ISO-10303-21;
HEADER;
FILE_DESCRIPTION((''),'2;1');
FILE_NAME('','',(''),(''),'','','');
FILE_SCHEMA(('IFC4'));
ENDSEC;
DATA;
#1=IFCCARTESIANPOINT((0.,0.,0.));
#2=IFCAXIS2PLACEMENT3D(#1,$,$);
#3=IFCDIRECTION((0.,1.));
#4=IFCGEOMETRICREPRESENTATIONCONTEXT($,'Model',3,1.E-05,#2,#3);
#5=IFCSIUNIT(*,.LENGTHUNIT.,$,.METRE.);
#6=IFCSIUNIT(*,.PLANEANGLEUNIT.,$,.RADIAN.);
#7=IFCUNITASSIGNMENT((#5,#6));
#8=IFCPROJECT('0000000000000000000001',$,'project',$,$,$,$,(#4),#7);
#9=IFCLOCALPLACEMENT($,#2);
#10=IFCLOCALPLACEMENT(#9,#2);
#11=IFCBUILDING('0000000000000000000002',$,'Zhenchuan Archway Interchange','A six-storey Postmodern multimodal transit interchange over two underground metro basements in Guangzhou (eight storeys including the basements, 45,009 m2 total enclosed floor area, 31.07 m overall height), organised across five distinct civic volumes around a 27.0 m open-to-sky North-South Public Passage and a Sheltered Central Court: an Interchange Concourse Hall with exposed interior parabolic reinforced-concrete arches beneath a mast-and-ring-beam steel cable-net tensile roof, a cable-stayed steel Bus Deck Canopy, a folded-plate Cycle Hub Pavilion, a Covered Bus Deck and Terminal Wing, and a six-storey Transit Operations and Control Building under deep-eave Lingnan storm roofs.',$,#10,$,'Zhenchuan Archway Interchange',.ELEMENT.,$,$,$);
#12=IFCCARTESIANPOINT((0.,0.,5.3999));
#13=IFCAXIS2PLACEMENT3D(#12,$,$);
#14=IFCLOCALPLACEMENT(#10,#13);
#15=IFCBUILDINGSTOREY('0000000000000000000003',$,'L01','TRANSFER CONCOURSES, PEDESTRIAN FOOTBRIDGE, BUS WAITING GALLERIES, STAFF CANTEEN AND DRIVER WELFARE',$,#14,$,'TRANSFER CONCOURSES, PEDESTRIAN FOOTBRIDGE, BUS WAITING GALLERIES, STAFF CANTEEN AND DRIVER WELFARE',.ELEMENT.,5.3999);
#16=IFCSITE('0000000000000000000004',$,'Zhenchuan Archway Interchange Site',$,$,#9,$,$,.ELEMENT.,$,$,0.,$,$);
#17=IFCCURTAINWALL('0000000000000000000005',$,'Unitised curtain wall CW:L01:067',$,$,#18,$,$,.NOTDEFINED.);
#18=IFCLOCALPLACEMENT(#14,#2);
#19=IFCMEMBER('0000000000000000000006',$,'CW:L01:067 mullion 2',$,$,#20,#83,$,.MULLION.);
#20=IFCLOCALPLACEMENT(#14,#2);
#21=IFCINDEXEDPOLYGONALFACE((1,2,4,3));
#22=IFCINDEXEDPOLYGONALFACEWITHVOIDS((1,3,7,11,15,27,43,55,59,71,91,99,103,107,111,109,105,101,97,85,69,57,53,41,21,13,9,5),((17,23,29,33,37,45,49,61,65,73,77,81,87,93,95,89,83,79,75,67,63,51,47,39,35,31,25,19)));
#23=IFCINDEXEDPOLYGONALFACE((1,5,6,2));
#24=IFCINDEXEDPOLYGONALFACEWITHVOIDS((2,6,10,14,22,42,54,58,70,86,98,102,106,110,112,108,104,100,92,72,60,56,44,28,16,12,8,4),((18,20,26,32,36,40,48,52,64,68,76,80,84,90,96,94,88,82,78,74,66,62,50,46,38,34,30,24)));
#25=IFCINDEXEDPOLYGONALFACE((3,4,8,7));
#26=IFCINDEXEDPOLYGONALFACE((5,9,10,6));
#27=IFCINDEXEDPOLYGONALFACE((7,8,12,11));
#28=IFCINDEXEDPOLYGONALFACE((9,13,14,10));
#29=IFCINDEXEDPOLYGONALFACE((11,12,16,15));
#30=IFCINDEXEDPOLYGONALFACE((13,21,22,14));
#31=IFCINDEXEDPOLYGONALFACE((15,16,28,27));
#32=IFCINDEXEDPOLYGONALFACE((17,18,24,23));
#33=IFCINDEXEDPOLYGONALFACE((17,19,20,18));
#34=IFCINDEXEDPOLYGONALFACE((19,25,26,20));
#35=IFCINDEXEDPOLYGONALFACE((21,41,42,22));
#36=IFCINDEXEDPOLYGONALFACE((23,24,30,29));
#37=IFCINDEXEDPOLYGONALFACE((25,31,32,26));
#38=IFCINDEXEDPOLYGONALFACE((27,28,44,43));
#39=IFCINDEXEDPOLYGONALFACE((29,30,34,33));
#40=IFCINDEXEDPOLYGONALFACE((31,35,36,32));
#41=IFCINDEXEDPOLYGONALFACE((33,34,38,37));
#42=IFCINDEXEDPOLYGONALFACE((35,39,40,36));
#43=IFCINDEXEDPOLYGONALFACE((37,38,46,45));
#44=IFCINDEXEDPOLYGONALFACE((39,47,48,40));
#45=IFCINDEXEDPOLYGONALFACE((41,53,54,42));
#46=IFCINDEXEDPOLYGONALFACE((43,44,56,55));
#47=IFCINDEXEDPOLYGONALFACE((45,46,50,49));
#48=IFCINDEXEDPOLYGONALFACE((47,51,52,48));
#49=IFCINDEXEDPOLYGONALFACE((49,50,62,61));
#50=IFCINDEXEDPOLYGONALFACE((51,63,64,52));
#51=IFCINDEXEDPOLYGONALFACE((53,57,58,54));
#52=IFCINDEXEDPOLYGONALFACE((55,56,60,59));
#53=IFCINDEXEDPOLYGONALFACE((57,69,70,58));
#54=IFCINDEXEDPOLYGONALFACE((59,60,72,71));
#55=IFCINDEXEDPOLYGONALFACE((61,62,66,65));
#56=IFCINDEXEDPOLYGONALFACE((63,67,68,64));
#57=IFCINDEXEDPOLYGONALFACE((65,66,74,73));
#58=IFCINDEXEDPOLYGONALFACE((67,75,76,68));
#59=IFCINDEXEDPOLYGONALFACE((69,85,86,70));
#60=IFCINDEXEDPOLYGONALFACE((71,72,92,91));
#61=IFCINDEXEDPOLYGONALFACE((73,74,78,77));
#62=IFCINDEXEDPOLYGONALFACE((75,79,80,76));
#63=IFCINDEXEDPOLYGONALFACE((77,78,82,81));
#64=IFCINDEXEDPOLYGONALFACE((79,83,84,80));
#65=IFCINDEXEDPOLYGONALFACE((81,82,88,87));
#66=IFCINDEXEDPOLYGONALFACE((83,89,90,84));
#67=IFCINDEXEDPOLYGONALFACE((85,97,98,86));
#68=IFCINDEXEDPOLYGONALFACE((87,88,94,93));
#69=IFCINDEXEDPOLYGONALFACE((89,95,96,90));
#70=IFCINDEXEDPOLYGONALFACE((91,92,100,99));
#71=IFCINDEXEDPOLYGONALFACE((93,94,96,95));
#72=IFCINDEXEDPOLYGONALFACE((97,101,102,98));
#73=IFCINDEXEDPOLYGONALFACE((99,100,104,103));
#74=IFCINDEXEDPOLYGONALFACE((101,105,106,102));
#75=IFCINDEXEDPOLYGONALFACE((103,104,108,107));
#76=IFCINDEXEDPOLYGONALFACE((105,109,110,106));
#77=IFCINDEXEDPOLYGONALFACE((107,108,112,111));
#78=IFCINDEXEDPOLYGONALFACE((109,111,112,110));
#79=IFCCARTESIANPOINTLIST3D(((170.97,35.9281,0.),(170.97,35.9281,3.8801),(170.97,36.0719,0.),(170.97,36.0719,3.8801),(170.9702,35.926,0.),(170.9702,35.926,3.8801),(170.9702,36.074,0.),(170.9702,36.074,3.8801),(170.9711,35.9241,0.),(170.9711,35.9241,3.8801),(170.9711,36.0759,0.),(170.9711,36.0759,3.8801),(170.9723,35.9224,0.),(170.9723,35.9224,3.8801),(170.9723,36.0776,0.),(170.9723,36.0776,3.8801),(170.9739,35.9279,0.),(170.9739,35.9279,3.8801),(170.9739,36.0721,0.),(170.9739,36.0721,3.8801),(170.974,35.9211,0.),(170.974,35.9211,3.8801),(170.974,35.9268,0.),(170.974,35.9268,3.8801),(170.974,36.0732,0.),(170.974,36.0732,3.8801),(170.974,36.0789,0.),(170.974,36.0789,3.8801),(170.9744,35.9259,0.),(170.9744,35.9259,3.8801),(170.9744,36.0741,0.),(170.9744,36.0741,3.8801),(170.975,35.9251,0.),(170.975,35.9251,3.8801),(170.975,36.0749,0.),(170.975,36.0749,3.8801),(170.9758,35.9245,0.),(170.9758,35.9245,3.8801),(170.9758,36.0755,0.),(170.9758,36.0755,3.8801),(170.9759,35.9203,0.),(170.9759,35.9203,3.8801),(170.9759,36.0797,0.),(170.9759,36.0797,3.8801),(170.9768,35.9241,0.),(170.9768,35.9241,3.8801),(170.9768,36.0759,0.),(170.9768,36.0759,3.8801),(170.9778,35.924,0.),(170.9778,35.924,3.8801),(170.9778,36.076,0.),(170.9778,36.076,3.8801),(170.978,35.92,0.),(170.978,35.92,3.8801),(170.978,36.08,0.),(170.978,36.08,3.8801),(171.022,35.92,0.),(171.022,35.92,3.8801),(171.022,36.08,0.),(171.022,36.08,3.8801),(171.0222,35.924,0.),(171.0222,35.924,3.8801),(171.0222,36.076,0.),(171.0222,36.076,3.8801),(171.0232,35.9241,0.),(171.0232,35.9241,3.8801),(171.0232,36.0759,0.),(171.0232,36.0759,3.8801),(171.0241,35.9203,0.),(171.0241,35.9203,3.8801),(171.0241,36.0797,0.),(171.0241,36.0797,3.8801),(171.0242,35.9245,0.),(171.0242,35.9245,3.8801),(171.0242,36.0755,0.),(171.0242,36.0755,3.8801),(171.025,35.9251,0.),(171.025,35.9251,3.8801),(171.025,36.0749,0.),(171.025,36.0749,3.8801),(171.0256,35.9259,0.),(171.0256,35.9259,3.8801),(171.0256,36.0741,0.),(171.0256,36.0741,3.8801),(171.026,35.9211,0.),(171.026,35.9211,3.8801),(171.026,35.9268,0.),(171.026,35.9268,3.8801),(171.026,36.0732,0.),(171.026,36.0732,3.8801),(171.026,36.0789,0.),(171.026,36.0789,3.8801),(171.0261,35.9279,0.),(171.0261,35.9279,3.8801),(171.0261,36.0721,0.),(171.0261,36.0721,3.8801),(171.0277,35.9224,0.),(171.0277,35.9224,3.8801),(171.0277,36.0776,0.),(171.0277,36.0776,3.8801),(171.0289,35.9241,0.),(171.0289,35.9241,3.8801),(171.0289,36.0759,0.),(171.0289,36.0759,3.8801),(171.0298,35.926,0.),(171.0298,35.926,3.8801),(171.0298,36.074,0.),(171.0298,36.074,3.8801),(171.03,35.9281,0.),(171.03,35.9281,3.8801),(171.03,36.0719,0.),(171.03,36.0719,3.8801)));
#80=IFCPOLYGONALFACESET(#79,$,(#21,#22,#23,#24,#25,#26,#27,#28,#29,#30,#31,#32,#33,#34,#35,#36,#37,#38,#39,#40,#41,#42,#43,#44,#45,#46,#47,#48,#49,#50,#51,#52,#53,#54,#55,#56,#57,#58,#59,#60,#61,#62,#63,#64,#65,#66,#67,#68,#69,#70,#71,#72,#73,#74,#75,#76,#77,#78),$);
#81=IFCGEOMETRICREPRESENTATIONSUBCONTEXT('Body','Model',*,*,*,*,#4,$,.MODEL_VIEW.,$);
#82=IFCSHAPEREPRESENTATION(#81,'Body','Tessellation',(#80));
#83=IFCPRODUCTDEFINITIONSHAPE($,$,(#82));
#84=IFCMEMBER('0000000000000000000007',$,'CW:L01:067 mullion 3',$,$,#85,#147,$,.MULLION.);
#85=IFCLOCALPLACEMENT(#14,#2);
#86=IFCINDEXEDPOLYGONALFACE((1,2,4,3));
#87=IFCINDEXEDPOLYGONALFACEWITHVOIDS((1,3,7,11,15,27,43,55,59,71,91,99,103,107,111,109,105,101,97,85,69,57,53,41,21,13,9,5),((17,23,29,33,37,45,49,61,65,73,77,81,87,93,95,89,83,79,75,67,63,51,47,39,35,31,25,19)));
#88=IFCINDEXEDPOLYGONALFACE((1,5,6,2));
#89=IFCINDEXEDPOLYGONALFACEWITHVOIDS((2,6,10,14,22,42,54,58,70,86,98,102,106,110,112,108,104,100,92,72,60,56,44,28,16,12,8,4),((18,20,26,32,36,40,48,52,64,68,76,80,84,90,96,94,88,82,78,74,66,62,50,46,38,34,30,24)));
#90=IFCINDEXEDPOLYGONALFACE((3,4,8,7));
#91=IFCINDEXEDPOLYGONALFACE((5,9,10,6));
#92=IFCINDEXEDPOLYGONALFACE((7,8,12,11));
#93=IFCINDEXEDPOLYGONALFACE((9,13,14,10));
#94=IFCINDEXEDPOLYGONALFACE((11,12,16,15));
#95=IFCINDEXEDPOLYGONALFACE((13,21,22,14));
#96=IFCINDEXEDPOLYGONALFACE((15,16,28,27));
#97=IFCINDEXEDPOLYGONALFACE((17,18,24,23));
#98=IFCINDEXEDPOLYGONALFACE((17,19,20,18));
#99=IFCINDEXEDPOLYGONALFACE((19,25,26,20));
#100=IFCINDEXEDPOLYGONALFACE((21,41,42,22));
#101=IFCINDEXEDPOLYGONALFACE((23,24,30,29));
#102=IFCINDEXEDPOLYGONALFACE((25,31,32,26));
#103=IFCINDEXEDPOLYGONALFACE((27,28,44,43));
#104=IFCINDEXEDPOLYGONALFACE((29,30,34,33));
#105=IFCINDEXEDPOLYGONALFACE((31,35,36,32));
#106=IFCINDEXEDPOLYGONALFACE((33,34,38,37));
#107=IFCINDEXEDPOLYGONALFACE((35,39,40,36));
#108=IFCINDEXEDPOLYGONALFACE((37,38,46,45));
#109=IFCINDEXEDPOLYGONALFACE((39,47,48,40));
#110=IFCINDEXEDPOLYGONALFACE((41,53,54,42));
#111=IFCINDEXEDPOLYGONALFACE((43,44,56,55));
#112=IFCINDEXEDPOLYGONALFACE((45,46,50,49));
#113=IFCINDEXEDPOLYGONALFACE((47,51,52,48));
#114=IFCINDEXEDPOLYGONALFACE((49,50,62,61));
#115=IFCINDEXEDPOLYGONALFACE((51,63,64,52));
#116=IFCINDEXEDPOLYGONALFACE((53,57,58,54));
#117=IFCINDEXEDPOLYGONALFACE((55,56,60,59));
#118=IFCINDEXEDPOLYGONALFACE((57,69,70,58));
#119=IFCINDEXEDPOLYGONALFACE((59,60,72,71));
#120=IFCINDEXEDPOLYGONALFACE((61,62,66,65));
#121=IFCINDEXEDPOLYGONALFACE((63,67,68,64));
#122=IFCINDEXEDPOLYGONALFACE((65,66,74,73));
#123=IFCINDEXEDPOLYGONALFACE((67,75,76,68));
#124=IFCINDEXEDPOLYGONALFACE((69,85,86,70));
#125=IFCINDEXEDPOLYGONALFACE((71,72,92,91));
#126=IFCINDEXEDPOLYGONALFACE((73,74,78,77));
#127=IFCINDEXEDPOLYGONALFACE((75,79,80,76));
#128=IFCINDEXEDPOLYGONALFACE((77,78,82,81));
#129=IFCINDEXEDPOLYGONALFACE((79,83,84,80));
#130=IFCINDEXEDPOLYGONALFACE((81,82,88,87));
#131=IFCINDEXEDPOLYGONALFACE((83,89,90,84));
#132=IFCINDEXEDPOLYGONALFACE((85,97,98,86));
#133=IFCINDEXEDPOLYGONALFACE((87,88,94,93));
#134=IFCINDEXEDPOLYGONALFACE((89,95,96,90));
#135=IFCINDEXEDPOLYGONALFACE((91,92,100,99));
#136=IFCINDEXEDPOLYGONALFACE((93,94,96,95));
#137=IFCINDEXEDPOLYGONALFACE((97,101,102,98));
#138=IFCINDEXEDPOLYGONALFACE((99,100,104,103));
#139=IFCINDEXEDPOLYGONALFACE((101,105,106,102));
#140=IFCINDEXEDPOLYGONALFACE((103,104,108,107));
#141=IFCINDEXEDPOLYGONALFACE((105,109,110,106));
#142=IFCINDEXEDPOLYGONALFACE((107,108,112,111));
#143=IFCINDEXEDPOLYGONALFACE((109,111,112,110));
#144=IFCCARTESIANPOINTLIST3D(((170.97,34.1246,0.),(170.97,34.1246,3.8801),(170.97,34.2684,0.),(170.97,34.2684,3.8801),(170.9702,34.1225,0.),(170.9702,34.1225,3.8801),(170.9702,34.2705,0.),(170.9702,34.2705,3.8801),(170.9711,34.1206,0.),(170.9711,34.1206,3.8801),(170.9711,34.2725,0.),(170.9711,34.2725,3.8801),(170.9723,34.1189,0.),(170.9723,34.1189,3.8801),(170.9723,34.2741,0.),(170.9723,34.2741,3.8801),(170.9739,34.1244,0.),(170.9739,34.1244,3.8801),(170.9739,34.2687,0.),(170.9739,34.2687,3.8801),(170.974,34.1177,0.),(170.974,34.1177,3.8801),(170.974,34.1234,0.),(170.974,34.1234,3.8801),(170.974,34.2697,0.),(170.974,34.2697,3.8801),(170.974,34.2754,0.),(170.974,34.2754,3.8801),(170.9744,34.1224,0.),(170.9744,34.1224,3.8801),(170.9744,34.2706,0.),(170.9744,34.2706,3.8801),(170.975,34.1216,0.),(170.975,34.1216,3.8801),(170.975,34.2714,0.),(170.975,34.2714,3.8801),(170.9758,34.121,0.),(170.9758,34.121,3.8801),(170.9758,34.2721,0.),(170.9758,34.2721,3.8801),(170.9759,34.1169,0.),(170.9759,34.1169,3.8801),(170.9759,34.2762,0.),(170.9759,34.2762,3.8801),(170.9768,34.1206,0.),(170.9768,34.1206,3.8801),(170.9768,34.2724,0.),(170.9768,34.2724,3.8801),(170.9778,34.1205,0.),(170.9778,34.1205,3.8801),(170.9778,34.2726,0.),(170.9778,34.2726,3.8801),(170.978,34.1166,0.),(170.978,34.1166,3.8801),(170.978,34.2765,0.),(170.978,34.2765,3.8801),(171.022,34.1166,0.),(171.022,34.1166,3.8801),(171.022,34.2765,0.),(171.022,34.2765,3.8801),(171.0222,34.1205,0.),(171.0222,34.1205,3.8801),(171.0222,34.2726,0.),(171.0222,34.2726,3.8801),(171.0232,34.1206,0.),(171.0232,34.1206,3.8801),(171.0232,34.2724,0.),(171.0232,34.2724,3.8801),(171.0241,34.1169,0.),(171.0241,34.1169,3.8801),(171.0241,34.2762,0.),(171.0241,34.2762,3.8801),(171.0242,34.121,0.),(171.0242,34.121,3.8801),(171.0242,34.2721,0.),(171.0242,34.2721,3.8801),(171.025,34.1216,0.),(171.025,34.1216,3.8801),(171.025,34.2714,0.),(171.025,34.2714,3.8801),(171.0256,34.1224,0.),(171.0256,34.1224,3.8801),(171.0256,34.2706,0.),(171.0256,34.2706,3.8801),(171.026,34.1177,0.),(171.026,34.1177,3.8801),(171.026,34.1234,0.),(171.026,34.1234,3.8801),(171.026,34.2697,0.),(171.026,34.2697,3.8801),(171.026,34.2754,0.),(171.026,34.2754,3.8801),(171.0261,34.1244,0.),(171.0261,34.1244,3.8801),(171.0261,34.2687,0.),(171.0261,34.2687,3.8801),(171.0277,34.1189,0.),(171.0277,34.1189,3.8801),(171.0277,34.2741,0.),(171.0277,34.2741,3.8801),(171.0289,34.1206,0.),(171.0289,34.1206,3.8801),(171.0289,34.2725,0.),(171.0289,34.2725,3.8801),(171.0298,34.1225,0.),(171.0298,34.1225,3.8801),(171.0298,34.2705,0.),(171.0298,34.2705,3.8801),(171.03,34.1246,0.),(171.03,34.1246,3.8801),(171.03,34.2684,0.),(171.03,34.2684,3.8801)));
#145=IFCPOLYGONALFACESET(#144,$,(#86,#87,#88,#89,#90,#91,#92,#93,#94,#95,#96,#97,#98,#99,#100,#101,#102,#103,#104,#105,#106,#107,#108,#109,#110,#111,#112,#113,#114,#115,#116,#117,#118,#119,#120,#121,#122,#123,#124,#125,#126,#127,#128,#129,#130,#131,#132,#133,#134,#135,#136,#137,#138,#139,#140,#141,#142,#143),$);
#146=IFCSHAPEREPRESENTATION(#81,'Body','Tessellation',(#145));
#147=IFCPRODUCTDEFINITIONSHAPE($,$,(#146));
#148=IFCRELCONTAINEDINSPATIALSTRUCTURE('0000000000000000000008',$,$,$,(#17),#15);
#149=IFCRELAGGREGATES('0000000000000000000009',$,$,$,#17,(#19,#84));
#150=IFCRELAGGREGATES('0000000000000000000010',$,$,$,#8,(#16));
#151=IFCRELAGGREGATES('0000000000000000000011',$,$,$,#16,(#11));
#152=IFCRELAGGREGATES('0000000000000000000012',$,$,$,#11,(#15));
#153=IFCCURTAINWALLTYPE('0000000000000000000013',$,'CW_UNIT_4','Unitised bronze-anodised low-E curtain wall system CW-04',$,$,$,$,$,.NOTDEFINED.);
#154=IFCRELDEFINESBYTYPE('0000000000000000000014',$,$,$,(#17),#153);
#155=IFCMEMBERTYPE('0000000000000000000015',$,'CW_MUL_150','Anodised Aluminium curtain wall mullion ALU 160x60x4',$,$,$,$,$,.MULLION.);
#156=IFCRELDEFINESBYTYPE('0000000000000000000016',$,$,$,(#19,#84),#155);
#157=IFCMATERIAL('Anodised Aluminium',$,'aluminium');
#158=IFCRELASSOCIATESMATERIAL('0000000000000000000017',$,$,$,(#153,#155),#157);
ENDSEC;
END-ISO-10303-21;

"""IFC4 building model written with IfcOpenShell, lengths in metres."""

from ifc_helpers import new_model, si_unit, direction, frame, origin, origin_2d, place, context, subcontext, project, spatial, hollow_rectangle, extrude, material, material_profile, profile_set, type_object, element, aggregate, save


model = new_model("IFC4")

# Units and contexts
model_context = context("Model", 3, precision=1e-05, world=origin(), true_north=direction((0.0, 1.0)))
body_context = subcontext(model_context, "Body", "Model", "MODEL_VIEW")
ifc_project = project(units=[si_unit("LENGTHUNIT", "METRE"), si_unit("PLANEANGLEUNIT", "RADIAN")], contexts=[model_context])

# Site, building, storey
site_placement = place(None, origin())
site = spatial("IfcSite", under=ifc_project, at=site_placement, Name="Zhenchuan Archway Interchange Site", CompositionType="ELEMENT", RefElevation=0.0)
building_placement = place(site_placement, origin())
building = spatial("IfcBuilding", under=site, at=building_placement, Name="Zhenchuan Archway Interchange", Description="A six-storey Postmodern multimodal transit interchange over two underground metro basements in Guangzhou (eight storeys including the basements, 45,009 m2 total enclosed floor area, 31.07 m overall height), organised across five distinct civic volumes around a 27.0 m open-to-sky North-South Public Passage and a Sheltered Central Court: an Interchange Concourse Hall with exposed interior parabolic reinforced-concrete arches beneath a mast-and-ring-beam steel cable-net tensile roof, a cable-stayed steel Bus Deck Canopy, a folded-plate Cycle Hub Pavilion, a Covered Bus Deck and Terminal Wing, and a six-storey Transit Operations and Control Building under deep-eave Lingnan storm roofs.", LongName="Zhenchuan Archway Interchange", CompositionType="ELEMENT")
storey_placement = place(building_placement, frame((0.0, 0.0, 5.3999)))
storey = spatial("IfcBuildingStorey", under=building, at=storey_placement, Name="L01", Description="TRANSFER CONCOURSES, PEDESTRIAN FOOTBRIDGE, BUS WAITING GALLERIES, STAFF CANTEEN AND DRIVER WELFARE", LongName="TRANSFER CONCOURSES, PEDESTRIAN FOOTBRIDGE, BUS WAITING GALLERIES, STAFF CANTEEN AND DRIVER WELFARE", CompositionType="ELEMENT", Elevation=5.3999)

# Curtain wall, members
ifc_material_1 = material(Name="Anodised Aluminium", Category="aluminium")
curtain_wall_type = type_object("IfcCurtainWallType", Name="CW_UNIT_4", Description="Unitised bronze-anodised low-E curtain wall system CW-04", PredefinedType="NOTDEFINED", material=ifc_material_1)
curtain_wall_placement = place(storey_placement, origin())
curtain_wall = element("IfcCurtainWall", 1, at=curtain_wall_placement, inside=storey, type_object=curtain_wall_type, Name="Unitised curtain wall CW:L01:067", PredefinedType="NOTDEFINED")
ifc_material_profile_1 = material_profile(ifc_material_1, hollow_rectangle(XDim=0.0601, YDim=0.1599, WallThickness=0.0039, InnerFilletRadius=0.0039, OuterFilletRadius=0.0081, at=origin_2d()), Name="ALU 160x60x4")
ifc_profile_set_1 = profile_set([ifc_material_profile_1], Name="Anodised Aluminium")
member_type_1 = type_object("IfcMemberType", Name="CW_MUL_150", Description="Anodised Aluminium curtain wall mullion ALU 160x60x4", PredefinedType="MULLION", material=ifc_profile_set_1)
member_1_placement = place(storey_placement, frame((171.0, 36.0, 0.0), z_axis=(0.0, 0.0, 1.0), x_axis=(1.0, 0.0, 0.0)))
member_1 = element("IfcMember", 2, at=member_1_placement, type_object=member_type_1, Name="CW:L01:067 mullion 2", PredefinedType="MULLION", context=body_context, shape_type="SweptSolid", body=[
    extrude(hollow_rectangle(XDim=0.0601, YDim=0.1599, WallThickness=0.0039, InnerFilletRadius=0.0039, OuterFilletRadius=0.0081, at=origin_2d()), origin(), (0.0, 0.0, 1.0), 3.8801),
])
member_2_placement = place(storey_placement, frame((171.0, 34.1965, 0.0), z_axis=(0.0, 0.0, 1.0), x_axis=(1.0, 0.0, 0.0)))
member_2 = element("IfcMember", 3, at=member_2_placement, type_object=member_type_1, Name="CW:L01:067 mullion 3", PredefinedType="MULLION", context=body_context, shape_type="SweptSolid", body=[
    extrude(hollow_rectangle(XDim=0.0601, YDim=0.1599, WallThickness=0.0039, InnerFilletRadius=0.0039, OuterFilletRadius=0.0081, at=origin_2d()), origin(), (0.0, 0.0, 1.0), 3.8801),
])
aggregate(curtain_wall, [member_1, member_2])

save(model, "model.ifc")
